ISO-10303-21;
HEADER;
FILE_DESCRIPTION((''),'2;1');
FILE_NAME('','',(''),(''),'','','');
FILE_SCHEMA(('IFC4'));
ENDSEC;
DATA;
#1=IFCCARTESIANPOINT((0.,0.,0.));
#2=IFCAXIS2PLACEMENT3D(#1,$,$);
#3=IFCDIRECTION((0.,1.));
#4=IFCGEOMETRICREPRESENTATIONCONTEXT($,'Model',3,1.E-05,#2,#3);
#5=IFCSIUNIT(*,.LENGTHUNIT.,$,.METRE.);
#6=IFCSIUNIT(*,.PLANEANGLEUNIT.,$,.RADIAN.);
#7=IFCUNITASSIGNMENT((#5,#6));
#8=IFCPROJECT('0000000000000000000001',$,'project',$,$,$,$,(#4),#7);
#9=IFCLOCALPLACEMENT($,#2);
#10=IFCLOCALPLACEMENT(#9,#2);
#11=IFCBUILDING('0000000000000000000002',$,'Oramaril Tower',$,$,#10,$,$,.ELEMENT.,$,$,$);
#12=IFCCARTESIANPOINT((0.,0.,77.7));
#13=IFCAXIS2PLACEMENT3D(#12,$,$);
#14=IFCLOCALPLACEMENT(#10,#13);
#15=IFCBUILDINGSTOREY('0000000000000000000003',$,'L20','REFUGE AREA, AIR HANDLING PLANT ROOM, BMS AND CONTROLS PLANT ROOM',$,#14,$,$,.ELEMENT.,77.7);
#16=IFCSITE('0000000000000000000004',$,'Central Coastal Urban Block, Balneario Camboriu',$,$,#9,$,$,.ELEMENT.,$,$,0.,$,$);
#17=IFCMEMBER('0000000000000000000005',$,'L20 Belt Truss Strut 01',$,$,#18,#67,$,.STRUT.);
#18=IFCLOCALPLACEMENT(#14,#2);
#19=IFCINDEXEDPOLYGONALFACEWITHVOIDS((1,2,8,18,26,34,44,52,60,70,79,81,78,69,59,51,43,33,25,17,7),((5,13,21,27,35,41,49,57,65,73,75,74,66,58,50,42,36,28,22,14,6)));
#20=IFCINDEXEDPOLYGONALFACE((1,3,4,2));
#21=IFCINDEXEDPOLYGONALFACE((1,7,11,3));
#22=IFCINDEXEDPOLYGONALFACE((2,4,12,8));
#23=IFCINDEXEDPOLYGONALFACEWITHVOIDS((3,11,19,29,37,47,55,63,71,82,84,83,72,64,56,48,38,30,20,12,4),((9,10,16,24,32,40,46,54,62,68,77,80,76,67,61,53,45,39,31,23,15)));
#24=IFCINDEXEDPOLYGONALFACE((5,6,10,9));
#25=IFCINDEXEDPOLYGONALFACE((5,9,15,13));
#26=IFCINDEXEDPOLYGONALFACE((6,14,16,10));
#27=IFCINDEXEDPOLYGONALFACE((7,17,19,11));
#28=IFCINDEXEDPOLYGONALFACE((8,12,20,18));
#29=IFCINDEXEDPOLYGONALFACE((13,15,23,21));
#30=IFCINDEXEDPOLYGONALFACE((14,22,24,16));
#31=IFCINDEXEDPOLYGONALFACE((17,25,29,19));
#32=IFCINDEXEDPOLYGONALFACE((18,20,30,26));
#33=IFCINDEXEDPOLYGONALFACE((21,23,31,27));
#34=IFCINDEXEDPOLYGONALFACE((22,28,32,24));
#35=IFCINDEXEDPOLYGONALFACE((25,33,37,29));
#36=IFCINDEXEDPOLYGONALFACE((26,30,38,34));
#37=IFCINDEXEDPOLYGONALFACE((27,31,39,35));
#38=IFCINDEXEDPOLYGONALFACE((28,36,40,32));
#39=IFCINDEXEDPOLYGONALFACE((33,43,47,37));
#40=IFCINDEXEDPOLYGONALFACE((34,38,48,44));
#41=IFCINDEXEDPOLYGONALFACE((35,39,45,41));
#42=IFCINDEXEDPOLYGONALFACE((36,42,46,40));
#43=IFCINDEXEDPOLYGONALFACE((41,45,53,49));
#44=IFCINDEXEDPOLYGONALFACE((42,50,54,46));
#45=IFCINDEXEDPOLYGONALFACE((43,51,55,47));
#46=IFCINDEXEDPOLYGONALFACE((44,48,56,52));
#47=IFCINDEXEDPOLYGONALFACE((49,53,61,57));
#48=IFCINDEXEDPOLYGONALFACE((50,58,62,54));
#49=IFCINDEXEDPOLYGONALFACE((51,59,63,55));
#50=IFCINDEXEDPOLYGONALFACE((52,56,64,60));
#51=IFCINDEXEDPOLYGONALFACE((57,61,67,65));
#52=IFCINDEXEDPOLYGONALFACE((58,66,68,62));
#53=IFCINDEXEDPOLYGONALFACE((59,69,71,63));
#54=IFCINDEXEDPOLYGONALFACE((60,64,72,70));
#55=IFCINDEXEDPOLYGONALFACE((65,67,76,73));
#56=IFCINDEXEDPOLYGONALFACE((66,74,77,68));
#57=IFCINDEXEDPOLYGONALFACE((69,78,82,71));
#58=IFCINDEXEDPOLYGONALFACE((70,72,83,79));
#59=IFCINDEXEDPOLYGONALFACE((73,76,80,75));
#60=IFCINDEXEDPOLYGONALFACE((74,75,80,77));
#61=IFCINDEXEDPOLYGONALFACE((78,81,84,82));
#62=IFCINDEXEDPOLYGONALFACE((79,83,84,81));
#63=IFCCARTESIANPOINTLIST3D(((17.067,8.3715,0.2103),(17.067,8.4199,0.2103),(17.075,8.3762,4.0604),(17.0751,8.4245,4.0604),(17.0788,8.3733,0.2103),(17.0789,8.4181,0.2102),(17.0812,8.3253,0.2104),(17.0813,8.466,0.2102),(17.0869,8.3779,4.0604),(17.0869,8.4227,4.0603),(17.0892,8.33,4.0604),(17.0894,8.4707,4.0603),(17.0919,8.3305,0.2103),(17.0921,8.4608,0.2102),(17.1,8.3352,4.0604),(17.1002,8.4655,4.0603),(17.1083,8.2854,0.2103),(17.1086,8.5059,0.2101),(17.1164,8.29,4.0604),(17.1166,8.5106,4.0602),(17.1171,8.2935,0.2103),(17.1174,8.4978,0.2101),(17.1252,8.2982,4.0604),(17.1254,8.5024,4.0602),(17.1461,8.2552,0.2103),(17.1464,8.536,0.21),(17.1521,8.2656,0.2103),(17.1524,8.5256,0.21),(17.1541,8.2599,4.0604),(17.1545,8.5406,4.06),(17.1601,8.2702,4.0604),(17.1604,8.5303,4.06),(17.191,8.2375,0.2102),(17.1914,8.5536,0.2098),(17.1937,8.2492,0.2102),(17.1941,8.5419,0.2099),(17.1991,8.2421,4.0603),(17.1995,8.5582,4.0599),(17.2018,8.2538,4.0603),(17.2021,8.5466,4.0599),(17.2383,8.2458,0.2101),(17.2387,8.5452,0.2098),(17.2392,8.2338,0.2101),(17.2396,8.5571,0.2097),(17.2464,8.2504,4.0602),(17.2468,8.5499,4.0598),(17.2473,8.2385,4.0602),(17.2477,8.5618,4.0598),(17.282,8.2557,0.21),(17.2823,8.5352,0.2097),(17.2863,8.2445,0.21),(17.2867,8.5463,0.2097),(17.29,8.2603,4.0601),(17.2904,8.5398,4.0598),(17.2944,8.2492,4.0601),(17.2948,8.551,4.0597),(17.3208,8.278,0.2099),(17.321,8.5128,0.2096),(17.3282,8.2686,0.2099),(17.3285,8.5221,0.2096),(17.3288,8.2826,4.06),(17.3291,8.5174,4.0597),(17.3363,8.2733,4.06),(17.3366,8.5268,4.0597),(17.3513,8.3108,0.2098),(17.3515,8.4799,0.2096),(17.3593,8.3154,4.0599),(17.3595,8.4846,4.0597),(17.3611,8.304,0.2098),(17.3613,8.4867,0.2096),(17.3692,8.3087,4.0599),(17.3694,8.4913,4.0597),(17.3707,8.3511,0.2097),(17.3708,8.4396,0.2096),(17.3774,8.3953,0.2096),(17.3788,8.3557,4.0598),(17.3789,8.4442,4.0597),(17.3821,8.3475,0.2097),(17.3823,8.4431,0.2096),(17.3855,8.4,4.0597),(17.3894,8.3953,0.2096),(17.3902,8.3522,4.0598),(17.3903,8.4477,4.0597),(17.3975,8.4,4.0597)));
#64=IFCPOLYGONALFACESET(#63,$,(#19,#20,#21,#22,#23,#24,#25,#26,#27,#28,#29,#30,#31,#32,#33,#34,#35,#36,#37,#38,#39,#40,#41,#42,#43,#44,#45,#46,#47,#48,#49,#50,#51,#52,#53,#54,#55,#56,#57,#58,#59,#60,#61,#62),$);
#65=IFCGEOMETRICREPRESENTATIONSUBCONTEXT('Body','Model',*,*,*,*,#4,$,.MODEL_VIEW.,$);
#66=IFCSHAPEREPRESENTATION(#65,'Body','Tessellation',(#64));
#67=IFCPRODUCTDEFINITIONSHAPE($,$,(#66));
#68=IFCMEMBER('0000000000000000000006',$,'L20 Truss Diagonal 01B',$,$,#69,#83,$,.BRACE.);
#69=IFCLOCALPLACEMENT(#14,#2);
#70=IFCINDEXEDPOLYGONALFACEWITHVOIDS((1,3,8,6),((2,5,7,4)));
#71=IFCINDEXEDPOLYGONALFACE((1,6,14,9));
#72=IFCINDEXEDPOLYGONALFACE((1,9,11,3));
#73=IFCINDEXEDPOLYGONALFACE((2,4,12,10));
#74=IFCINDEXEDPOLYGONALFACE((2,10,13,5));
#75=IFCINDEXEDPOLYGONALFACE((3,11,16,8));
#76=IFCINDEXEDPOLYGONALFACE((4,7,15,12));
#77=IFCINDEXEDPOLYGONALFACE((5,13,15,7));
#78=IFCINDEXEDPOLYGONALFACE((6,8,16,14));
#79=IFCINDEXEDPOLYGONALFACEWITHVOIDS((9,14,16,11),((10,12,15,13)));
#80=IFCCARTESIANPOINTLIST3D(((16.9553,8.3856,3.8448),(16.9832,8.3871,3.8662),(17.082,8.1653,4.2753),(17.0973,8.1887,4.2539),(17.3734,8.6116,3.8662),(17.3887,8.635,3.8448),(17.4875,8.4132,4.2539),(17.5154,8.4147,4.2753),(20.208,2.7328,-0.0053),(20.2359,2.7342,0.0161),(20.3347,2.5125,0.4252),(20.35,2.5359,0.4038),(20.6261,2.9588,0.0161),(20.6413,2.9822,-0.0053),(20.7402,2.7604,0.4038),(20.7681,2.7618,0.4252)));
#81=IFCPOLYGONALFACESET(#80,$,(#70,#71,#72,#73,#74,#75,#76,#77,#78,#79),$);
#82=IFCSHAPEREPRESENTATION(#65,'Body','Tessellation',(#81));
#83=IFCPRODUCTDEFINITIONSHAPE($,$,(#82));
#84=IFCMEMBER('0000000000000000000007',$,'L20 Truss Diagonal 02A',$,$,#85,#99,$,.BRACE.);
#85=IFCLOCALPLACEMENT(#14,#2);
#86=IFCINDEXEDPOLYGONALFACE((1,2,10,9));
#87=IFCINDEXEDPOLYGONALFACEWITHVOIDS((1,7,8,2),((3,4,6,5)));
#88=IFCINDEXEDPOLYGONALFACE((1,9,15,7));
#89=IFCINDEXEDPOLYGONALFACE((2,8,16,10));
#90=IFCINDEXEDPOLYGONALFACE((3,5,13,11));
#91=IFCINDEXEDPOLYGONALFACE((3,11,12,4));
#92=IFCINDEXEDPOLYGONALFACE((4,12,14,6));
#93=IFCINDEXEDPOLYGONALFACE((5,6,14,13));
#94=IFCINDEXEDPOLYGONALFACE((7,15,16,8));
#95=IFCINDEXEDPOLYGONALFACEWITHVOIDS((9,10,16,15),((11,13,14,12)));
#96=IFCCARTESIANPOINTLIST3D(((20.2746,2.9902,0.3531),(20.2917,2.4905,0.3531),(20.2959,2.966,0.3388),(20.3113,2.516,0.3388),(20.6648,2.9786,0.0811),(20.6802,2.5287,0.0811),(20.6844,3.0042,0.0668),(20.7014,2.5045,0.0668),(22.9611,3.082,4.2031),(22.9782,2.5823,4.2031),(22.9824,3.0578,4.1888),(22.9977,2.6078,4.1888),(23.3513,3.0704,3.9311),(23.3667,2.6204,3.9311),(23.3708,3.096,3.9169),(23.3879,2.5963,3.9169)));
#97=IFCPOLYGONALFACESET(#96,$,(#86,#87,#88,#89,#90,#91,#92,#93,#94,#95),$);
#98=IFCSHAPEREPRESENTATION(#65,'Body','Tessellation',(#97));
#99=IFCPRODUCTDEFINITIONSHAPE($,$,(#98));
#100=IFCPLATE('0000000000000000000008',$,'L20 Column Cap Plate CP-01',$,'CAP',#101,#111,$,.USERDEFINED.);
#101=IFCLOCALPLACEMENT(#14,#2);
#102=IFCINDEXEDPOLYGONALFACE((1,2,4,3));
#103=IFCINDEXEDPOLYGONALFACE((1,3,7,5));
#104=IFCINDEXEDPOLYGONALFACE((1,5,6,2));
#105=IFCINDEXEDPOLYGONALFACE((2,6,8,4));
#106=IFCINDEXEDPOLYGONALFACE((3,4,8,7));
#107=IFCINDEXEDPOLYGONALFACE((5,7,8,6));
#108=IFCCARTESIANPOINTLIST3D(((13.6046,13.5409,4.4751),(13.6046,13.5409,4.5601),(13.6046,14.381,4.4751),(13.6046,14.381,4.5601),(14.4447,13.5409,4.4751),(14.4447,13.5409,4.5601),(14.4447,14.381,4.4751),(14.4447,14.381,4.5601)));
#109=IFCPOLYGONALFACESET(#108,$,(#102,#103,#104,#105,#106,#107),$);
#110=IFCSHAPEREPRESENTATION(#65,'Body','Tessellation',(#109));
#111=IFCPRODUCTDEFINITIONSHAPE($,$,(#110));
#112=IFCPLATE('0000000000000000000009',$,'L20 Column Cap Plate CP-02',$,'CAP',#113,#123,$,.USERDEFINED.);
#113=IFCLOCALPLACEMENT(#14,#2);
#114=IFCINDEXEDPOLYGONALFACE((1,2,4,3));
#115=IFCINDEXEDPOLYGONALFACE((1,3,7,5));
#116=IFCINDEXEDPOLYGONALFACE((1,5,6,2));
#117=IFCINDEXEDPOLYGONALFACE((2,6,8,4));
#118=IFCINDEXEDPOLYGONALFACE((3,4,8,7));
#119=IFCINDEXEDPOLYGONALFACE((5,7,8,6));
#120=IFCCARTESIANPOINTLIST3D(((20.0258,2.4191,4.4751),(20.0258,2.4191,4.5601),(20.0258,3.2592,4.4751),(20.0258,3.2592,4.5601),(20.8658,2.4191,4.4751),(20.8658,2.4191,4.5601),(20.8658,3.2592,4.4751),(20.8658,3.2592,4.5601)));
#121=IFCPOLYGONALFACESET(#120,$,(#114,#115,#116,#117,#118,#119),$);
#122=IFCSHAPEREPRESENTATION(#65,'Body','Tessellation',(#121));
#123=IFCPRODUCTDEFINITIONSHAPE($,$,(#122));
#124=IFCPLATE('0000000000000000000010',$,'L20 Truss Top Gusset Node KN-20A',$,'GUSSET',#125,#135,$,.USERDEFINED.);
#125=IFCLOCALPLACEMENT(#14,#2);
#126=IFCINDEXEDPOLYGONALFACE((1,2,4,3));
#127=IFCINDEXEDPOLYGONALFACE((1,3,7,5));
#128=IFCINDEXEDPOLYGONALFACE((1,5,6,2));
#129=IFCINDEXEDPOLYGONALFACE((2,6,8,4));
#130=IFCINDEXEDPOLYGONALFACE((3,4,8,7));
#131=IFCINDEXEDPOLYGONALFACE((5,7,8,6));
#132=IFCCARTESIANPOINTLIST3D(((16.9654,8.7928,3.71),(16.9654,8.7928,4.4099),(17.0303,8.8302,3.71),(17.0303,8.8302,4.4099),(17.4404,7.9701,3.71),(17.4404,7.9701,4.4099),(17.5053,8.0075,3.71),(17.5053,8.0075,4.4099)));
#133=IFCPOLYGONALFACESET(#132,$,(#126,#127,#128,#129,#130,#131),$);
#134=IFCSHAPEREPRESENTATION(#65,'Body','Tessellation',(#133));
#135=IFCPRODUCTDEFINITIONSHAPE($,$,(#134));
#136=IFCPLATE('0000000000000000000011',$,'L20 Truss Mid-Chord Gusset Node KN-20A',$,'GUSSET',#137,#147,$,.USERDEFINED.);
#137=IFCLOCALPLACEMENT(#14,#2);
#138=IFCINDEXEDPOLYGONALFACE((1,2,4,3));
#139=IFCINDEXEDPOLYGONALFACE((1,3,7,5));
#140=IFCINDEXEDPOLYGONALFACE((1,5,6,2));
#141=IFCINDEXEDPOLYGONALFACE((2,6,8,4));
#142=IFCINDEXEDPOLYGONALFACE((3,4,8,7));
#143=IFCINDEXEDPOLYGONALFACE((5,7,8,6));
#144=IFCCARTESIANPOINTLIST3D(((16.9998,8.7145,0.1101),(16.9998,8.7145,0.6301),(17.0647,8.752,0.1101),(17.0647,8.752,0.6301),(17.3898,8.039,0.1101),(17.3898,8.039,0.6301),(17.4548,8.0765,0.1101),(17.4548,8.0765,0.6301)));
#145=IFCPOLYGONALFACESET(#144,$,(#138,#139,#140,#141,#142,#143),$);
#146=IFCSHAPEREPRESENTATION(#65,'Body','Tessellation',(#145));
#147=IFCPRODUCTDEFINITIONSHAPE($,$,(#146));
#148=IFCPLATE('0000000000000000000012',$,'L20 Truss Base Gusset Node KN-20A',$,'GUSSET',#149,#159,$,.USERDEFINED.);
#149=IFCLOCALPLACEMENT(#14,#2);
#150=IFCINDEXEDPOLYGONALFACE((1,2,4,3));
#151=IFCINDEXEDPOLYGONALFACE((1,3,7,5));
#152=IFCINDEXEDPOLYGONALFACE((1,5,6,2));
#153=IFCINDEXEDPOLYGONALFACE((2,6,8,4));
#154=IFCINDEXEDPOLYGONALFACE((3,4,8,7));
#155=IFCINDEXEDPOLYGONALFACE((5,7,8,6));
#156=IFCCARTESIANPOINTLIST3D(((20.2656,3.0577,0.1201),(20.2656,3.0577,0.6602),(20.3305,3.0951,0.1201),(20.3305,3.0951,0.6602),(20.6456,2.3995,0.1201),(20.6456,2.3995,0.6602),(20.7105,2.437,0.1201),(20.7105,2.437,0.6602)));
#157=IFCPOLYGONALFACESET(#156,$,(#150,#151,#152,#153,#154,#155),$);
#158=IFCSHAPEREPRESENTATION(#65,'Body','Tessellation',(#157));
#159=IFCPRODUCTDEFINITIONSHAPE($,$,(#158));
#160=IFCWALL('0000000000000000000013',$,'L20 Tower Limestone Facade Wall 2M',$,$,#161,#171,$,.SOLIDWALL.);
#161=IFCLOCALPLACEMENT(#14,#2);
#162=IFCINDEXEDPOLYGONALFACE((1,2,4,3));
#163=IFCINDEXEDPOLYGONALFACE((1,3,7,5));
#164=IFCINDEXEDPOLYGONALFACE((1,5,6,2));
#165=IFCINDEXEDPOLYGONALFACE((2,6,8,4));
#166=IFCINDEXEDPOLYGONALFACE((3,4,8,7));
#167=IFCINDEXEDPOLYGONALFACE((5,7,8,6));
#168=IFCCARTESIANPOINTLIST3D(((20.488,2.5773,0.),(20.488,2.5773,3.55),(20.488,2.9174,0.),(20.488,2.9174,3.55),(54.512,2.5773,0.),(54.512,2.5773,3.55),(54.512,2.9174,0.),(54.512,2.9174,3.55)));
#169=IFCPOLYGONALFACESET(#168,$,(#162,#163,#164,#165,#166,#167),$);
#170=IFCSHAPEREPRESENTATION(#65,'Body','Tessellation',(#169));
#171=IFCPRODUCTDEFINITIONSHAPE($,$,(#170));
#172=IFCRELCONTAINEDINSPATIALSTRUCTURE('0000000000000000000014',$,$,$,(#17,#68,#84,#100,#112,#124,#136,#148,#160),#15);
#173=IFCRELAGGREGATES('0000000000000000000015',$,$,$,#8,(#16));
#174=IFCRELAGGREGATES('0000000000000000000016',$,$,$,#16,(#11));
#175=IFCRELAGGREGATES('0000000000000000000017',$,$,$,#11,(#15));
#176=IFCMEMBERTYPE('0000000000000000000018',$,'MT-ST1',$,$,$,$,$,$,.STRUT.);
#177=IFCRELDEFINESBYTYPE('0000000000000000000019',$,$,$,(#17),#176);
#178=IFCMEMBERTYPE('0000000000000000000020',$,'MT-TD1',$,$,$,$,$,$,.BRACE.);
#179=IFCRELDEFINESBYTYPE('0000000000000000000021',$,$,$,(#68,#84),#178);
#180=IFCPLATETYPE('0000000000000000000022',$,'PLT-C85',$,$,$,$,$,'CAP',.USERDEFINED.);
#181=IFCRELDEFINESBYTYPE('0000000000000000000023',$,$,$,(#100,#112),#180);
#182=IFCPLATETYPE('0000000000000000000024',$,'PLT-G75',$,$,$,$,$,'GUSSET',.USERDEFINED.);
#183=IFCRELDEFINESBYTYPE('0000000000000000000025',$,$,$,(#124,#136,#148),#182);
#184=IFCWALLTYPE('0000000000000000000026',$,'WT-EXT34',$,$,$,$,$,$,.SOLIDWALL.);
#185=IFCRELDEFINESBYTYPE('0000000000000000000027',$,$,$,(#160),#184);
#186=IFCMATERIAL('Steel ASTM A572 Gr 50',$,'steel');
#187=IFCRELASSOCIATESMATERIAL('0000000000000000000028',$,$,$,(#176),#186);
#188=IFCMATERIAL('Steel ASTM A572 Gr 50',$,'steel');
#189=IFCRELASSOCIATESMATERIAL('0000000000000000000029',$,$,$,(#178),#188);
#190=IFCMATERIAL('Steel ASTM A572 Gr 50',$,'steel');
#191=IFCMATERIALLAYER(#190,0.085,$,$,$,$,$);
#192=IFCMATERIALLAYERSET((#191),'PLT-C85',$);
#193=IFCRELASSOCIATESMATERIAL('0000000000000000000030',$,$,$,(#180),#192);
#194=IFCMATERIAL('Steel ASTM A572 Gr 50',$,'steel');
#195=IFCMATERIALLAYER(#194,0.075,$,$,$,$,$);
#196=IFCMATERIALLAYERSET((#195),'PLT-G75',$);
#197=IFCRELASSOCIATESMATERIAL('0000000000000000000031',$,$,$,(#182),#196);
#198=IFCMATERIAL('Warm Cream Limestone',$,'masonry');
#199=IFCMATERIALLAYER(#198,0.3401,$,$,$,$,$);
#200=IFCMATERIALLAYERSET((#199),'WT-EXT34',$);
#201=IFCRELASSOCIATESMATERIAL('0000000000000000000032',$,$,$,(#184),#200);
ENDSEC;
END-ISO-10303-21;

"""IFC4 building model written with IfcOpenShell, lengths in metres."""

from ifc_helpers import new_model, si_unit, direction, frame, frame_2d, origin, origin_2d, place, context, subcontext, project, spatial, rectangle, hollow_rectangle, hollow_circle, extrude, material, layer, layer_set, material_profile, profile_set, type_object, element, save


model = new_model("IFC4")

# Units and contexts
model_context = context("Model", 3, precision=1e-05, world=origin(), true_north=direction((0.0, 1.0)))
body_context = subcontext(model_context, "Body", "Model", "MODEL_VIEW")
ifc_project = project(units=[si_unit("LENGTHUNIT", "METRE"), si_unit("PLANEANGLEUNIT", "RADIAN")], contexts=[model_context])

# Site, building, storey
site_placement = place(None, origin())
site = spatial("IfcSite", under=ifc_project, at=site_placement, Name="Central Coastal Urban Block, Balneario Camboriu", CompositionType="ELEMENT", RefElevation=0.0)
building_placement = place(site_placement, origin())
building = spatial("IfcBuilding", under=site, at=building_placement, Name="Oramaril Tower", CompositionType="ELEMENT")
storey_placement = place(building_placement, frame((0.0, 0.0, 77.7)))
storey = spatial("IfcBuildingStorey", under=building, at=storey_placement, Name="L20", Description="REFUGE AREA, AIR HANDLING PLANT ROOM, BMS AND CONTROLS PLANT ROOM", CompositionType="ELEMENT", Elevation=77.7)

# Members
ifc_material_1 = material(Name="Steel ASTM A572 Gr 50", Category="steel")
ifc_material_profile_1 = material_profile(ifc_material_1, hollow_circle(Radius=0.1621, WallThickness=0.012, at=origin_2d()), Name="CHS324X12")
ifc_profile_set_1 = profile_set([ifc_material_profile_1], Name="Steel ASTM A572 Gr 50")
member_type_1 = type_object("IfcMemberType", Name="MT-ST1", PredefinedType="STRUT", material=ifc_profile_set_1)
member_1_placement = place(storey_placement, frame((17.2273, 8.3955, 0.21), z_axis=(0.002093, 0.001205, 0.999997), x_axis=(-0.498964, 0.866622, 0.0)))
element("IfcMember", 1, at=member_1_placement, inside=storey, type_object=member_type_1, Name="L20 Belt Truss Strut 01", PredefinedType="STRUT", context=body_context, shape_type="SweptSolid", body=[
    extrude(hollow_circle(Radius=0.1621, WallThickness=0.012, at=origin_2d()), origin(), (0.0, 0.0, 1.0), 3.8501),
])
ifc_material_2 = material(Name="Steel ASTM A572 Gr 50", Category="steel")
ifc_material_profile_2 = material_profile(ifc_material_2, hollow_rectangle(XDim=0.5, YDim=0.5, WallThickness=0.0249, at=origin_2d()), Name="HSS500X500X25")
ifc_profile_set_2 = profile_set([ifc_material_profile_2], Name="Steel ASTM A572 Gr 50")
member_type_2 = type_object("IfcMemberType", Name="MT-TD1", PredefinedType="BRACE", material=ifc_profile_set_2)
member_2_placement = place(storey_placement, frame((20.488, 2.7473, 0.21), z_axis=(-0.429483, 0.746397, 0.508365), x_axis=(-0.866753, -0.498737, 0.0)))
element("IfcMember", 2, at=member_2_placement, inside=storey, type_object=member_type_2, Name="L20 Truss Diagonal 01B", PredefinedType="BRACE", context=body_context, shape_type="SweptSolid", body=[
    extrude(hollow_rectangle(XDim=0.5, YDim=0.5, WallThickness=0.0249, at=origin_2d()), origin(), (0.0, 0.0, 1.0), 7.5735),
])
member_3_placement = place(storey_placement, frame((20.488, 2.7473, 0.21), z_axis=(0.572131, 0.019549, 0.819929), x_axis=(-0.034149, 0.999417, 0.0)))
element("IfcMember", 3, at=member_3_placement, inside=storey, type_object=member_type_2, Name="L20 Truss Diagonal 02A", PredefinedType="BRACE", context=body_context, shape_type="SweptSolid", body=[
    extrude(hollow_rectangle(XDim=0.5, YDim=0.5, WallThickness=0.0249, at=origin_2d()), origin(), (0.0, 0.0, 1.0), 4.6956),
])

# Plates
ifc_material_3 = material(Name="Steel ASTM A572 Gr 50", Category="steel")
ifc_layer_1 = layer(ifc_material_3, 0.085)
ifc_layer_set_1 = layer_set([ifc_layer_1], Name="PLT-C85")
plate_type_1 = type_object("IfcPlateType", Name="PLT-C85", ElementType="CAP", PredefinedType="USERDEFINED", material=ifc_layer_set_1)
for number, where, z_axis, x_axis, name in (
    (4, (14.0247, 13.9609, 4.4751), (0.0, 0.0, 1.0), (1.0, 0.0, 0.0), "L20 Column Cap Plate CP-01"),
    (5, (20.4458, 2.8391, 4.4751), (0.0, 0.0, 1.0), (1.0, 0.0, 0.0), "L20 Column Cap Plate CP-02"),
):
    element("IfcPlate", number, at=place(storey_placement, frame(where, z_axis=z_axis, x_axis=x_axis)), inside=storey, type_object=plate_type_1, Name=name, ObjectType="CAP", PredefinedType="USERDEFINED", context=body_context, shape_type="SweptSolid", body=[
        extrude(rectangle(XDim=0.8401, YDim=0.8401, at=origin_2d()), origin(), (0.0, 0.0, 1.0), 0.085),
    ])
ifc_material_4 = material(Name="Steel ASTM A572 Gr 50", Category="steel")
ifc_layer_2 = layer(ifc_material_4, 0.075)
ifc_layer_set_2 = layer_set([ifc_layer_2], Name="PLT-G75")
plate_type_2 = type_object("IfcPlateType", Name="PLT-G75", ElementType="GUSSET", PredefinedType="USERDEFINED", material=ifc_layer_set_2)
plate_1_placement = place(storey_placement, frame((17.2354, 8.4001, 3.71), z_axis=(0.0, 0.0, 1.0), x_axis=(0.499992, -0.86603, 0.0)))
element("IfcPlate", 6, at=plate_1_placement, inside=storey, type_object=plate_type_2, Name="L20 Truss Top Gusset Node KN-20A", ObjectType="GUSSET", PredefinedType="USERDEFINED", context=body_context, shape_type="SweptSolid", body=[
    extrude(rectangle(XDim=0.95, YDim=0.075, at=origin_2d()), origin(), (0.0, 0.0, 1.0), 0.7),
])
plate_2_placement = place(storey_placement, frame((17.2273, 8.3955, 0.1101), z_axis=(0.0, 0.0, 1.0), x_axis=(0.499992, -0.86603, 0.0)))
element("IfcPlate", 7, at=plate_2_placement, inside=storey, type_object=plate_type_2, Name="L20 Truss Mid-Chord Gusset Node KN-20A", ObjectType="GUSSET", PredefinedType="USERDEFINED", context=body_context, shape_type="SweptSolid", body=[
    extrude(rectangle(XDim=0.78, YDim=0.075, at=origin_2d()), origin(), (0.0, 0.0, 1.0), 0.52),
])
plate_3_placement = place(storey_placement, frame((20.488, 2.7473, 0.1201), z_axis=(0.0, 0.0, 1.0), x_axis=(0.499992, -0.86603, 0.0)))
element("IfcPlate", 8, at=plate_3_placement, inside=storey, type_object=plate_type_2, Name="L20 Truss Base Gusset Node KN-20A", ObjectType="GUSSET", PredefinedType="USERDEFINED", context=body_context, shape_type="SweptSolid", body=[
    extrude(rectangle(XDim=0.76, YDim=0.075, at=origin_2d()), origin(), (0.0, 0.0, 1.0), 0.54),
])

# Wall
ifc_material_5 = material(Name="Warm Cream Limestone", Category="masonry")
ifc_layer_3 = layer(ifc_material_5, 0.3401)
ifc_layer_set_3 = layer_set([ifc_layer_3], Name="WT-EXT34")
wall_type_1 = type_object("IfcWallType", Name="WT-EXT34", PredefinedType="SOLIDWALL", material=ifc_layer_set_3)
wall_1_placement = place(storey_placement, frame((20.488, 2.7473, 0.0), z_axis=(0.0, 0.0, 1.0), x_axis=(1.0, 0.0, 0.0)))
element("IfcWall", 9, at=wall_1_placement, inside=storey, type_object=wall_type_1, Name="L20 Tower Limestone Facade Wall 2M", PredefinedType="SOLIDWALL", context=body_context, shape_type="SweptSolid", body=[
    extrude(rectangle(XDim=34.0239, YDim=0.3401, at=frame_2d((17.012, 0.0))), origin(), (0.0, 0.0, 1.0), 3.55),
])

save(model, "model.ifc")
